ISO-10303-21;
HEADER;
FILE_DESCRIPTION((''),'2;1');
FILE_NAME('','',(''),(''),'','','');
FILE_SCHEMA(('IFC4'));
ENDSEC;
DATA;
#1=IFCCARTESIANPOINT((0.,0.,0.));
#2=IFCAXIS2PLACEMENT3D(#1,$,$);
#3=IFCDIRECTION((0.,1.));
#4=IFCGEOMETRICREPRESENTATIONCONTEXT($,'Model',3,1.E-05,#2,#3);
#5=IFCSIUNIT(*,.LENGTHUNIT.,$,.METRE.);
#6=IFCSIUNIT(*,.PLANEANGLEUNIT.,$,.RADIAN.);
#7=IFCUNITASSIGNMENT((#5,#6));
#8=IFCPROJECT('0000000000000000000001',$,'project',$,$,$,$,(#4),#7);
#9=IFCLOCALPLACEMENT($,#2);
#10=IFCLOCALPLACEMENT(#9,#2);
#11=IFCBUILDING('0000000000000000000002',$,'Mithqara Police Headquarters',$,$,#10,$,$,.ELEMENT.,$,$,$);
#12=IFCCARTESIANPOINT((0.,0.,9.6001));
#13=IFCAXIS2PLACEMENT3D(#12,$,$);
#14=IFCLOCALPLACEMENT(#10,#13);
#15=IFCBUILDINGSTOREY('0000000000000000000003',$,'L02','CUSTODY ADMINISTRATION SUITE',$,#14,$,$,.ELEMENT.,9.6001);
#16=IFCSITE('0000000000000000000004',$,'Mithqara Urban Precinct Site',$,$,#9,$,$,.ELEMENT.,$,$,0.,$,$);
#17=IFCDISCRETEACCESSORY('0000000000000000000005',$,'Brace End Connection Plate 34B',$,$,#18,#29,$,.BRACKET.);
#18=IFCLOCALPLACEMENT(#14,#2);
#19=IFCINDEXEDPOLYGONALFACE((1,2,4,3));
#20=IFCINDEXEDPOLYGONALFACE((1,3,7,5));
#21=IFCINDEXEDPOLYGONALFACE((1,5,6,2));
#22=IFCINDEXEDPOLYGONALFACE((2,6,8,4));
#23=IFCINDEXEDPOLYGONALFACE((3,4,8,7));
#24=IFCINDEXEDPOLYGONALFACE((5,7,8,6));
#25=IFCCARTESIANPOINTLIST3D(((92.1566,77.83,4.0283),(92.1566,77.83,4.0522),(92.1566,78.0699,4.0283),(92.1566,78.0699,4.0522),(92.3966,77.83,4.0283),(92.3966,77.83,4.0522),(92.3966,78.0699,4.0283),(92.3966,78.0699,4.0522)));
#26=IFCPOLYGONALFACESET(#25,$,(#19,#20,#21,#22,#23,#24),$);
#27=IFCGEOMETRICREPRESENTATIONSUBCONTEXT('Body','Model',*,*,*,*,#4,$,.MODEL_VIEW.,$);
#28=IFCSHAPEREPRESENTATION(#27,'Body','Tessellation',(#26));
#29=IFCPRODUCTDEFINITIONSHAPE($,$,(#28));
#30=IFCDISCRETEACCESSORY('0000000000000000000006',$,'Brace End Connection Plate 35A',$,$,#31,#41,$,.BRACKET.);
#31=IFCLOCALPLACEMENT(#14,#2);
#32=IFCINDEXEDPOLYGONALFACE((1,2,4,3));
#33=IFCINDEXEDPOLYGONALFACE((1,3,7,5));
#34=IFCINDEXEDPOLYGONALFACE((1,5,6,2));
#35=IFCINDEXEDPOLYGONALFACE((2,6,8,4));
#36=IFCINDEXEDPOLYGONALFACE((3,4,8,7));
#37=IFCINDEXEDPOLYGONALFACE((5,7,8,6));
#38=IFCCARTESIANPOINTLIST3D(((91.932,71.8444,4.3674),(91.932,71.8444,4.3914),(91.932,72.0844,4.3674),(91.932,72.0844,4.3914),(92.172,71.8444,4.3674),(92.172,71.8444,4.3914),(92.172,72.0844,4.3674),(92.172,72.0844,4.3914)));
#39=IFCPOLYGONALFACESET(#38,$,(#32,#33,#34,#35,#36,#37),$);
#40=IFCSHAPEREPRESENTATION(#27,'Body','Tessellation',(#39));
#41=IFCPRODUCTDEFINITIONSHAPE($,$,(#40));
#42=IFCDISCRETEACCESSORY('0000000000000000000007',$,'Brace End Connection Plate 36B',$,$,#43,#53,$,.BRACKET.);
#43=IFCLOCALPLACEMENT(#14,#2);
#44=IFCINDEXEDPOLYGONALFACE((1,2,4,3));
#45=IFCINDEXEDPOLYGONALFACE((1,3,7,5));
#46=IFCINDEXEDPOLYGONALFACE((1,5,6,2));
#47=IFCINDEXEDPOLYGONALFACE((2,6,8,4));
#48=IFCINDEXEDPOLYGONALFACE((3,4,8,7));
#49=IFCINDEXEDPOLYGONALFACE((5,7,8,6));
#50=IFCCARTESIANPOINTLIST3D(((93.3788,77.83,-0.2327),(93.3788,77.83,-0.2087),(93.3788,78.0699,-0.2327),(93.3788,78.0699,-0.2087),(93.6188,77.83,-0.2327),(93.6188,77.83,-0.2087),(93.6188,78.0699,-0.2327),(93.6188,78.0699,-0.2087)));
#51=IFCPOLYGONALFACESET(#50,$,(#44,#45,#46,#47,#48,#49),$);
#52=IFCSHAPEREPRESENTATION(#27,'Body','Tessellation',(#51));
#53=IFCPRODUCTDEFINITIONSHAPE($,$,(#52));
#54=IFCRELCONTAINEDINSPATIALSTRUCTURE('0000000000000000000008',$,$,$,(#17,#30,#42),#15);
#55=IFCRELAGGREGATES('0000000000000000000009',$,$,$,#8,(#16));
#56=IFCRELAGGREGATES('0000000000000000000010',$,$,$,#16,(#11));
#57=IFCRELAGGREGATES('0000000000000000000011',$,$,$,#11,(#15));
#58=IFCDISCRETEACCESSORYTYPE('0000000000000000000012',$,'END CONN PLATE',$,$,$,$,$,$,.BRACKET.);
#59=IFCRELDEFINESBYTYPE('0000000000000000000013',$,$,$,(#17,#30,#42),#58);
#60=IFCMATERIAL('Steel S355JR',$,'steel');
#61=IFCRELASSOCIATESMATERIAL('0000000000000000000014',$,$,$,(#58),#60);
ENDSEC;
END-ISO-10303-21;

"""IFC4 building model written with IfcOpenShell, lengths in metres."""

from ifc_helpers import new_model, si_unit, direction, frame, origin, origin_2d, place, context, subcontext, project, spatial, rectangle, extrude, material, type_object, element, save


model = new_model("IFC4")

# Units and contexts
model_context = context("Model", 3, precision=1e-05, world=origin(), true_north=direction((0.0, 1.0)))
body_context = subcontext(model_context, "Body", "Model", "MODEL_VIEW")
ifc_project = project(units=[si_unit("LENGTHUNIT", "METRE"), si_unit("PLANEANGLEUNIT", "RADIAN")], contexts=[model_context])

# Site, building, storey
site_placement = place(None, origin())
site = spatial("IfcSite", under=ifc_project, at=site_placement, Name="Mithqara Urban Precinct Site", CompositionType="ELEMENT", RefElevation=0.0)
building_placement = place(site_placement, origin())
building = spatial("IfcBuilding", under=site, at=building_placement, Name="Mithqara Police Headquarters", CompositionType="ELEMENT")
storey_placement = place(building_placement, frame((0.0, 0.0, 9.6001)))
storey = spatial("IfcBuildingStorey", under=building, at=storey_placement, Name="L02", Description="CUSTODY ADMINISTRATION SUITE", CompositionType="ELEMENT", Elevation=9.6001)

# Shared definitions
ifc_material_1 = material(Name="Steel S355JR", Category="steel")

# Discrete accessories
discrete_accessory_type = type_object("IfcDiscreteAccessoryType", Name="END CONN PLATE", PredefinedType="BRACKET", material=ifc_material_1)
for number, where, z_axis, x_axis, name in (
    (1, (92.2766, 77.95, 4.0283), (0.0, 0.0, 1.0), (1.0, 0.0, 0.0), "Brace End Connection Plate 34B"),
    (2, (92.052, 71.9644, 4.3674), (0.0, 0.0, 1.0), (1.0, 0.0, 0.0), "Brace End Connection Plate 35A"),
    (3, (93.4988, 77.95, -0.2327), (0.0, 0.0, 1.0), (1.0, 0.0, 0.0), "Brace End Connection Plate 36B"),
):
    element("IfcDiscreteAccessory", number, at=place(storey_placement, frame(where, z_axis=z_axis, x_axis=x_axis)), inside=storey, type_object=discrete_accessory_type, Name=name, PredefinedType="BRACKET", context=body_context, shape_type="SweptSolid", body=[
        extrude(rectangle(XDim=0.24, YDim=0.24, at=origin_2d()), origin(), (0.0, 0.0, 1.0), 0.0239),
    ])

save(model, "model.ifc")
